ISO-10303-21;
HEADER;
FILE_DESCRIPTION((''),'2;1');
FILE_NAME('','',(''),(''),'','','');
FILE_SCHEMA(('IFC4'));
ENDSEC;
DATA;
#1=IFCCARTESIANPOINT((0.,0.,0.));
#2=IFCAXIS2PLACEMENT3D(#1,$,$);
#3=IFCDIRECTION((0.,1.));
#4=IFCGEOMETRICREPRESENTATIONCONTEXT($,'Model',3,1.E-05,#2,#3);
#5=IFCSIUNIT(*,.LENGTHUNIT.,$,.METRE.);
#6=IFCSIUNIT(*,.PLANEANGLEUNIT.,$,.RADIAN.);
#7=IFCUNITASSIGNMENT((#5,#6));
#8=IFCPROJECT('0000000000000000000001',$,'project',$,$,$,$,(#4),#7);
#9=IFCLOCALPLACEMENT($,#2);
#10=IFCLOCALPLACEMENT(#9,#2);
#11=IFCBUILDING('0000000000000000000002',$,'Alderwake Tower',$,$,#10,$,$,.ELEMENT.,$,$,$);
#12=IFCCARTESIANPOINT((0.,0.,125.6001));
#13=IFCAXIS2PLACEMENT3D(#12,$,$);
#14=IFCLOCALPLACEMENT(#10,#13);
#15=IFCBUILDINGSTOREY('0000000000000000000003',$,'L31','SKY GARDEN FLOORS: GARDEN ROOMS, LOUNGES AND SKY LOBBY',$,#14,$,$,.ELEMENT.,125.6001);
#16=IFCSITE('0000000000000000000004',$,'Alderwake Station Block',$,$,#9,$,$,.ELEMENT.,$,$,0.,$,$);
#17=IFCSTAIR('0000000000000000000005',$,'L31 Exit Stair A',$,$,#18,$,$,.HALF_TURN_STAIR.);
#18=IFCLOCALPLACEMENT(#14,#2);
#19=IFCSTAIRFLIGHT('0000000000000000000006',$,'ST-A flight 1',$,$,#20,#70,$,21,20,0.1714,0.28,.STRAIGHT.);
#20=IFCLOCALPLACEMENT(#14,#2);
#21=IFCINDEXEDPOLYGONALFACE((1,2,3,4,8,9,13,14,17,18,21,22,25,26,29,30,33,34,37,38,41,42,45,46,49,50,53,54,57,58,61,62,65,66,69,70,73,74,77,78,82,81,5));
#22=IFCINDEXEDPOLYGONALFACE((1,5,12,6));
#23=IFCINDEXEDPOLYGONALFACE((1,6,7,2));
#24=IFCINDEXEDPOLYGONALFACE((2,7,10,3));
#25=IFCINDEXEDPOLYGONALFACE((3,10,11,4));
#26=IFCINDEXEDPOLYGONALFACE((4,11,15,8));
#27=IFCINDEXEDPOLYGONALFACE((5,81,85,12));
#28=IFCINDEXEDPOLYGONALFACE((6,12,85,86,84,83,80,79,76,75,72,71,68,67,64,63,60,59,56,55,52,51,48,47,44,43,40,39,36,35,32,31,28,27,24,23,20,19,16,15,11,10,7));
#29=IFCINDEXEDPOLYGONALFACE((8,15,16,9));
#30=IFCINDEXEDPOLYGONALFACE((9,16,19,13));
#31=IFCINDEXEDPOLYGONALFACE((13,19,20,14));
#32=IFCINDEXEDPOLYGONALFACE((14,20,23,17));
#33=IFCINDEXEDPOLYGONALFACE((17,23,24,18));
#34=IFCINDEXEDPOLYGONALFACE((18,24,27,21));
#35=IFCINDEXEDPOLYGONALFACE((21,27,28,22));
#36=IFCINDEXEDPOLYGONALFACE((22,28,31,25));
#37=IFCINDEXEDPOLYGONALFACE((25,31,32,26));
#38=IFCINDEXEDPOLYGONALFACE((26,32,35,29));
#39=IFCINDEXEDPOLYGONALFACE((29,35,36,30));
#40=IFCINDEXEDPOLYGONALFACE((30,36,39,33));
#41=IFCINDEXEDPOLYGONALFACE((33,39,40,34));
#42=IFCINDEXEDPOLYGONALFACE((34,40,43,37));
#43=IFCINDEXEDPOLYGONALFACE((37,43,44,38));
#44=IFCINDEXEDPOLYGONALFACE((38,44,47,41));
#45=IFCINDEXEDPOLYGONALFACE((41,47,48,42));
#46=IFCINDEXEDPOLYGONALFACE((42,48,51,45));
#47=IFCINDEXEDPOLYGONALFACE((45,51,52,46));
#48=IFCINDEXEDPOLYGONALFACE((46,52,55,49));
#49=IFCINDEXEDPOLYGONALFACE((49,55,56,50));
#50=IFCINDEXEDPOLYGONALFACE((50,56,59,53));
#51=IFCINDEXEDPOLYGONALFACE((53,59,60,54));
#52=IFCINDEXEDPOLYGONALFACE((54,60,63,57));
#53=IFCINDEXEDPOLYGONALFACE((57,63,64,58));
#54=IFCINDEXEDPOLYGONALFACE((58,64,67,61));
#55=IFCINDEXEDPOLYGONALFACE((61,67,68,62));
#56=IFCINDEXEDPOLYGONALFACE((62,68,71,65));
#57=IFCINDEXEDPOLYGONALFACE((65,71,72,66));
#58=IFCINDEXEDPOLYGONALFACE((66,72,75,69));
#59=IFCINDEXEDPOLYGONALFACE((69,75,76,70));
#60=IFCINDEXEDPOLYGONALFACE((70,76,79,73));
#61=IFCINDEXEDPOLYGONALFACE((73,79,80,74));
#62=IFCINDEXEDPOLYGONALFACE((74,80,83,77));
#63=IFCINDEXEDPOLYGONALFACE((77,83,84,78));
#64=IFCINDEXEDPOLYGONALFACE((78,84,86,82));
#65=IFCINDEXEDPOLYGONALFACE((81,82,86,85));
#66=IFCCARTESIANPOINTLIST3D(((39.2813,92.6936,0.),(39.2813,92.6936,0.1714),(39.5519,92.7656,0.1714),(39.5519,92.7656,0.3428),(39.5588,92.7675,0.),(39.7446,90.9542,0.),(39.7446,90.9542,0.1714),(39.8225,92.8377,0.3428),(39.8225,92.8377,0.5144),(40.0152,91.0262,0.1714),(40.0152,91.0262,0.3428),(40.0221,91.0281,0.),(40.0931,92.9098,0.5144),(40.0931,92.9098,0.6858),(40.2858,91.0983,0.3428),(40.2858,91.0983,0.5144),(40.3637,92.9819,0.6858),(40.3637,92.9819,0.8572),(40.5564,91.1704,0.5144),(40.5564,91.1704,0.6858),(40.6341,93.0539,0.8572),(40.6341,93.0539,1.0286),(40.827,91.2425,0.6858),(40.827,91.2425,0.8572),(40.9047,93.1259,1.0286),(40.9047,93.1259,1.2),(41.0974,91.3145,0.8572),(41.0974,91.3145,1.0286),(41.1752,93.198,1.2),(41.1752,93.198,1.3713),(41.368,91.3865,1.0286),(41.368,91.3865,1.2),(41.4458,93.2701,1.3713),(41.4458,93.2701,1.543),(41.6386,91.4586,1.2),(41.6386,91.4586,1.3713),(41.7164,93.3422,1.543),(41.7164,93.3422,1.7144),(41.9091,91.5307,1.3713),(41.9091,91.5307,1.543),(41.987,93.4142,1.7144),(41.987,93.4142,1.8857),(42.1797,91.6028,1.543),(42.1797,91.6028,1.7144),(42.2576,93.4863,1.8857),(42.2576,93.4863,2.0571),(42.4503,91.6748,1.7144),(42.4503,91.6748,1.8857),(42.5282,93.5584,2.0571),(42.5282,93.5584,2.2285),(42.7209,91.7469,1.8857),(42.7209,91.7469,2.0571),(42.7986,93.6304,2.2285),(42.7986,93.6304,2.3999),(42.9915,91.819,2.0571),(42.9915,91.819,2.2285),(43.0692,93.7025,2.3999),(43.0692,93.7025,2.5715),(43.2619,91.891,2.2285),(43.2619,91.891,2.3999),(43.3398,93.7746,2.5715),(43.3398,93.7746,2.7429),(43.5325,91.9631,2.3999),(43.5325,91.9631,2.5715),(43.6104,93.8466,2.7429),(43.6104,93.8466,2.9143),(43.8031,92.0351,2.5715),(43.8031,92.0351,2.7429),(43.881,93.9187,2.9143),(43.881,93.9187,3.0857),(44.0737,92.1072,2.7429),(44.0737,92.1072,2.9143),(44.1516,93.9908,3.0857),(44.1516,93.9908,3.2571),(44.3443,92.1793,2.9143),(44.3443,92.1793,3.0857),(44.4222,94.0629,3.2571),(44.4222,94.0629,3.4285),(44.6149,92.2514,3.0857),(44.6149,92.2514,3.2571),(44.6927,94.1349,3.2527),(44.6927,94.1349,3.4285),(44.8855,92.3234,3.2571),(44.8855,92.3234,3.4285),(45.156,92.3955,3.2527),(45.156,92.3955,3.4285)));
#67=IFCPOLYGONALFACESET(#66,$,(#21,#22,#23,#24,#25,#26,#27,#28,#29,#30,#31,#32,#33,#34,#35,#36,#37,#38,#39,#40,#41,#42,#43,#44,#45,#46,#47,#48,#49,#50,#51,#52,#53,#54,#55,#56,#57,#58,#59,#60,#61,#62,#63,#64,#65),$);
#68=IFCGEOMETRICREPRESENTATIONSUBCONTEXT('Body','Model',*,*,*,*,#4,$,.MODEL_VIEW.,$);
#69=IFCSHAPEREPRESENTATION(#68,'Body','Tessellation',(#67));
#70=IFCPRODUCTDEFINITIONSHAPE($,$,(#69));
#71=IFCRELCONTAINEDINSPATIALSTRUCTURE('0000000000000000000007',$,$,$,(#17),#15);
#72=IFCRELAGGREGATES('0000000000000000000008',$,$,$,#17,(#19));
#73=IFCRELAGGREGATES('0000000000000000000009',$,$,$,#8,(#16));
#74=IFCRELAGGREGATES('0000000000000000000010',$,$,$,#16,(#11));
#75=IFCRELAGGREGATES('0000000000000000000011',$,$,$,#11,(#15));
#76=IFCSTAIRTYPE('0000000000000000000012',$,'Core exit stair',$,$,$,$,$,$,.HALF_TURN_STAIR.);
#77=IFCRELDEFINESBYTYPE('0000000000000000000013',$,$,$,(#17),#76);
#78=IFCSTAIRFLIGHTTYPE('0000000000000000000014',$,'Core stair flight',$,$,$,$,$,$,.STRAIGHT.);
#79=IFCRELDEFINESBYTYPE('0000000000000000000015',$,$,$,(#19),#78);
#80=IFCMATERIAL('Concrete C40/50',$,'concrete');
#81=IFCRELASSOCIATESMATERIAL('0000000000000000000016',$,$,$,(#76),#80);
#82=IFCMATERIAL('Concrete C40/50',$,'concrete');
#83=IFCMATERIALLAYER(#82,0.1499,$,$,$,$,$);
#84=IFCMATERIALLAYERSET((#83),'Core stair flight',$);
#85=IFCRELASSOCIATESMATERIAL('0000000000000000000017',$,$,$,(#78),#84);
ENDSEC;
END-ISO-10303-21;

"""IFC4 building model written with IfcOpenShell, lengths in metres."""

from ifc_helpers import new_model, si_unit, direction, frame, origin, place, context, subcontext, project, spatial, polyline, outline, extrude, material, layer, layer_set, type_object, element, aggregate, save


model = new_model("IFC4")

# Units and contexts
model_context = context("Model", 3, precision=1e-05, world=origin(), true_north=direction((0.0, 1.0)))
body_context = subcontext(model_context, "Body", "Model", "MODEL_VIEW")
ifc_project = project(units=[si_unit("LENGTHUNIT", "METRE"), si_unit("PLANEANGLEUNIT", "RADIAN")], contexts=[model_context])

# Site, building, storey
site_placement = place(None, origin())
site = spatial("IfcSite", under=ifc_project, at=site_placement, Name="Alderwake Station Block", CompositionType="ELEMENT", RefElevation=0.0)
building_placement = place(site_placement, origin())
building = spatial("IfcBuilding", under=site, at=building_placement, Name="Alderwake Tower", CompositionType="ELEMENT")
storey_placement = place(building_placement, frame((0.0, 0.0, 125.6001)))
storey = spatial("IfcBuildingStorey", under=building, at=storey_placement, Name="L31", Description="SKY GARDEN FLOORS: GARDEN ROOMS, LOUNGES AND SKY LOBBY", CompositionType="ELEMENT", Elevation=125.6001)

# Stair, stair flight
ifc_material_1 = material(Name="Concrete C40/50", Category="concrete")
stair_type = type_object("IfcStairType", Name="Core exit stair", PredefinedType="HALF_TURN_STAIR", material=ifc_material_1)
stair_placement = place(storey_placement, origin())
stair = element("IfcStair", 1, at=stair_placement, inside=storey, type_object=stair_type, Name="L31 Exit Stair A", PredefinedType="HALF_TURN_STAIR")
ifc_material_2 = material(Name="Concrete C40/50", Category="concrete")
ifc_layer_1 = layer(ifc_material_2, 0.1499)
ifc_layer_set_1 = layer_set([ifc_layer_1], Name="Core stair flight")
stair_flight_type = type_object("IfcStairFlightType", Name="Core stair flight", PredefinedType="STRAIGHT", material=ifc_layer_set_1)
stair_flight_placement = place(storey_placement, frame((39.5129, 91.824, 0.0), z_axis=(0.0, 0.0, 1.0), x_axis=(0.96631, 0.257382, 0.0)))
stair_flight = element("IfcStairFlight", 2, at=stair_flight_placement, type_object=stair_flight_type, Name="ST-A flight 1", NumberOfRisers=21, NumberOfTreads=20, PredefinedType="STRAIGHT", RiserHeight=0.1714, TreadLength=0.28, context=body_context, shape_type="SweptSolid", body=[
    extrude(outline(polyline([(0.0, 0.0), (0.0, 0.1714), (0.28, 0.1714), (0.28, 0.3428), (0.5601, 0.3428), (0.5601, 0.5144), (0.8401, 0.5144), (0.8401, 0.6858), (1.1201, 0.6858), (1.1201, 0.8572), (1.3999, 0.8572), (1.3999, 1.0286), (1.6799, 1.0286), (1.6799, 1.2), (1.96, 1.2), (1.96, 1.3713), (2.24, 1.3713), (2.24, 1.543), (2.52, 1.543), (2.52, 1.7144), (2.8, 1.7144), (2.8, 1.8857), (3.0801, 1.8857), (3.0801, 2.0571), (3.3601, 2.0571), (3.3601, 2.2285), (3.6399, 2.2285), (3.6399, 2.3999), (3.9199, 2.3999), (3.9199, 2.5715), (4.2, 2.5715), (4.2, 2.7429), (4.48, 2.7429), (4.48, 2.9143), (4.76, 2.9143), (4.76, 3.0857), (5.04, 3.0857), (5.04, 3.2571), (5.3201, 3.2571), (5.3201, 3.4285), (5.6001, 3.4285), (5.6001, 3.6001), (5.6001, 3.2527), (0.2871, 0.0), (0.0, 0.0)])), frame((0.0, 0.8999, 0.0), z_axis=(0.0, -1.0, 0.0), x_axis=(1.0, 0.0, 0.0)), (0.0, 0.0, 1.0), 1.8),
])
aggregate(stair, [stair_flight])

save(model, "model.ifc")
